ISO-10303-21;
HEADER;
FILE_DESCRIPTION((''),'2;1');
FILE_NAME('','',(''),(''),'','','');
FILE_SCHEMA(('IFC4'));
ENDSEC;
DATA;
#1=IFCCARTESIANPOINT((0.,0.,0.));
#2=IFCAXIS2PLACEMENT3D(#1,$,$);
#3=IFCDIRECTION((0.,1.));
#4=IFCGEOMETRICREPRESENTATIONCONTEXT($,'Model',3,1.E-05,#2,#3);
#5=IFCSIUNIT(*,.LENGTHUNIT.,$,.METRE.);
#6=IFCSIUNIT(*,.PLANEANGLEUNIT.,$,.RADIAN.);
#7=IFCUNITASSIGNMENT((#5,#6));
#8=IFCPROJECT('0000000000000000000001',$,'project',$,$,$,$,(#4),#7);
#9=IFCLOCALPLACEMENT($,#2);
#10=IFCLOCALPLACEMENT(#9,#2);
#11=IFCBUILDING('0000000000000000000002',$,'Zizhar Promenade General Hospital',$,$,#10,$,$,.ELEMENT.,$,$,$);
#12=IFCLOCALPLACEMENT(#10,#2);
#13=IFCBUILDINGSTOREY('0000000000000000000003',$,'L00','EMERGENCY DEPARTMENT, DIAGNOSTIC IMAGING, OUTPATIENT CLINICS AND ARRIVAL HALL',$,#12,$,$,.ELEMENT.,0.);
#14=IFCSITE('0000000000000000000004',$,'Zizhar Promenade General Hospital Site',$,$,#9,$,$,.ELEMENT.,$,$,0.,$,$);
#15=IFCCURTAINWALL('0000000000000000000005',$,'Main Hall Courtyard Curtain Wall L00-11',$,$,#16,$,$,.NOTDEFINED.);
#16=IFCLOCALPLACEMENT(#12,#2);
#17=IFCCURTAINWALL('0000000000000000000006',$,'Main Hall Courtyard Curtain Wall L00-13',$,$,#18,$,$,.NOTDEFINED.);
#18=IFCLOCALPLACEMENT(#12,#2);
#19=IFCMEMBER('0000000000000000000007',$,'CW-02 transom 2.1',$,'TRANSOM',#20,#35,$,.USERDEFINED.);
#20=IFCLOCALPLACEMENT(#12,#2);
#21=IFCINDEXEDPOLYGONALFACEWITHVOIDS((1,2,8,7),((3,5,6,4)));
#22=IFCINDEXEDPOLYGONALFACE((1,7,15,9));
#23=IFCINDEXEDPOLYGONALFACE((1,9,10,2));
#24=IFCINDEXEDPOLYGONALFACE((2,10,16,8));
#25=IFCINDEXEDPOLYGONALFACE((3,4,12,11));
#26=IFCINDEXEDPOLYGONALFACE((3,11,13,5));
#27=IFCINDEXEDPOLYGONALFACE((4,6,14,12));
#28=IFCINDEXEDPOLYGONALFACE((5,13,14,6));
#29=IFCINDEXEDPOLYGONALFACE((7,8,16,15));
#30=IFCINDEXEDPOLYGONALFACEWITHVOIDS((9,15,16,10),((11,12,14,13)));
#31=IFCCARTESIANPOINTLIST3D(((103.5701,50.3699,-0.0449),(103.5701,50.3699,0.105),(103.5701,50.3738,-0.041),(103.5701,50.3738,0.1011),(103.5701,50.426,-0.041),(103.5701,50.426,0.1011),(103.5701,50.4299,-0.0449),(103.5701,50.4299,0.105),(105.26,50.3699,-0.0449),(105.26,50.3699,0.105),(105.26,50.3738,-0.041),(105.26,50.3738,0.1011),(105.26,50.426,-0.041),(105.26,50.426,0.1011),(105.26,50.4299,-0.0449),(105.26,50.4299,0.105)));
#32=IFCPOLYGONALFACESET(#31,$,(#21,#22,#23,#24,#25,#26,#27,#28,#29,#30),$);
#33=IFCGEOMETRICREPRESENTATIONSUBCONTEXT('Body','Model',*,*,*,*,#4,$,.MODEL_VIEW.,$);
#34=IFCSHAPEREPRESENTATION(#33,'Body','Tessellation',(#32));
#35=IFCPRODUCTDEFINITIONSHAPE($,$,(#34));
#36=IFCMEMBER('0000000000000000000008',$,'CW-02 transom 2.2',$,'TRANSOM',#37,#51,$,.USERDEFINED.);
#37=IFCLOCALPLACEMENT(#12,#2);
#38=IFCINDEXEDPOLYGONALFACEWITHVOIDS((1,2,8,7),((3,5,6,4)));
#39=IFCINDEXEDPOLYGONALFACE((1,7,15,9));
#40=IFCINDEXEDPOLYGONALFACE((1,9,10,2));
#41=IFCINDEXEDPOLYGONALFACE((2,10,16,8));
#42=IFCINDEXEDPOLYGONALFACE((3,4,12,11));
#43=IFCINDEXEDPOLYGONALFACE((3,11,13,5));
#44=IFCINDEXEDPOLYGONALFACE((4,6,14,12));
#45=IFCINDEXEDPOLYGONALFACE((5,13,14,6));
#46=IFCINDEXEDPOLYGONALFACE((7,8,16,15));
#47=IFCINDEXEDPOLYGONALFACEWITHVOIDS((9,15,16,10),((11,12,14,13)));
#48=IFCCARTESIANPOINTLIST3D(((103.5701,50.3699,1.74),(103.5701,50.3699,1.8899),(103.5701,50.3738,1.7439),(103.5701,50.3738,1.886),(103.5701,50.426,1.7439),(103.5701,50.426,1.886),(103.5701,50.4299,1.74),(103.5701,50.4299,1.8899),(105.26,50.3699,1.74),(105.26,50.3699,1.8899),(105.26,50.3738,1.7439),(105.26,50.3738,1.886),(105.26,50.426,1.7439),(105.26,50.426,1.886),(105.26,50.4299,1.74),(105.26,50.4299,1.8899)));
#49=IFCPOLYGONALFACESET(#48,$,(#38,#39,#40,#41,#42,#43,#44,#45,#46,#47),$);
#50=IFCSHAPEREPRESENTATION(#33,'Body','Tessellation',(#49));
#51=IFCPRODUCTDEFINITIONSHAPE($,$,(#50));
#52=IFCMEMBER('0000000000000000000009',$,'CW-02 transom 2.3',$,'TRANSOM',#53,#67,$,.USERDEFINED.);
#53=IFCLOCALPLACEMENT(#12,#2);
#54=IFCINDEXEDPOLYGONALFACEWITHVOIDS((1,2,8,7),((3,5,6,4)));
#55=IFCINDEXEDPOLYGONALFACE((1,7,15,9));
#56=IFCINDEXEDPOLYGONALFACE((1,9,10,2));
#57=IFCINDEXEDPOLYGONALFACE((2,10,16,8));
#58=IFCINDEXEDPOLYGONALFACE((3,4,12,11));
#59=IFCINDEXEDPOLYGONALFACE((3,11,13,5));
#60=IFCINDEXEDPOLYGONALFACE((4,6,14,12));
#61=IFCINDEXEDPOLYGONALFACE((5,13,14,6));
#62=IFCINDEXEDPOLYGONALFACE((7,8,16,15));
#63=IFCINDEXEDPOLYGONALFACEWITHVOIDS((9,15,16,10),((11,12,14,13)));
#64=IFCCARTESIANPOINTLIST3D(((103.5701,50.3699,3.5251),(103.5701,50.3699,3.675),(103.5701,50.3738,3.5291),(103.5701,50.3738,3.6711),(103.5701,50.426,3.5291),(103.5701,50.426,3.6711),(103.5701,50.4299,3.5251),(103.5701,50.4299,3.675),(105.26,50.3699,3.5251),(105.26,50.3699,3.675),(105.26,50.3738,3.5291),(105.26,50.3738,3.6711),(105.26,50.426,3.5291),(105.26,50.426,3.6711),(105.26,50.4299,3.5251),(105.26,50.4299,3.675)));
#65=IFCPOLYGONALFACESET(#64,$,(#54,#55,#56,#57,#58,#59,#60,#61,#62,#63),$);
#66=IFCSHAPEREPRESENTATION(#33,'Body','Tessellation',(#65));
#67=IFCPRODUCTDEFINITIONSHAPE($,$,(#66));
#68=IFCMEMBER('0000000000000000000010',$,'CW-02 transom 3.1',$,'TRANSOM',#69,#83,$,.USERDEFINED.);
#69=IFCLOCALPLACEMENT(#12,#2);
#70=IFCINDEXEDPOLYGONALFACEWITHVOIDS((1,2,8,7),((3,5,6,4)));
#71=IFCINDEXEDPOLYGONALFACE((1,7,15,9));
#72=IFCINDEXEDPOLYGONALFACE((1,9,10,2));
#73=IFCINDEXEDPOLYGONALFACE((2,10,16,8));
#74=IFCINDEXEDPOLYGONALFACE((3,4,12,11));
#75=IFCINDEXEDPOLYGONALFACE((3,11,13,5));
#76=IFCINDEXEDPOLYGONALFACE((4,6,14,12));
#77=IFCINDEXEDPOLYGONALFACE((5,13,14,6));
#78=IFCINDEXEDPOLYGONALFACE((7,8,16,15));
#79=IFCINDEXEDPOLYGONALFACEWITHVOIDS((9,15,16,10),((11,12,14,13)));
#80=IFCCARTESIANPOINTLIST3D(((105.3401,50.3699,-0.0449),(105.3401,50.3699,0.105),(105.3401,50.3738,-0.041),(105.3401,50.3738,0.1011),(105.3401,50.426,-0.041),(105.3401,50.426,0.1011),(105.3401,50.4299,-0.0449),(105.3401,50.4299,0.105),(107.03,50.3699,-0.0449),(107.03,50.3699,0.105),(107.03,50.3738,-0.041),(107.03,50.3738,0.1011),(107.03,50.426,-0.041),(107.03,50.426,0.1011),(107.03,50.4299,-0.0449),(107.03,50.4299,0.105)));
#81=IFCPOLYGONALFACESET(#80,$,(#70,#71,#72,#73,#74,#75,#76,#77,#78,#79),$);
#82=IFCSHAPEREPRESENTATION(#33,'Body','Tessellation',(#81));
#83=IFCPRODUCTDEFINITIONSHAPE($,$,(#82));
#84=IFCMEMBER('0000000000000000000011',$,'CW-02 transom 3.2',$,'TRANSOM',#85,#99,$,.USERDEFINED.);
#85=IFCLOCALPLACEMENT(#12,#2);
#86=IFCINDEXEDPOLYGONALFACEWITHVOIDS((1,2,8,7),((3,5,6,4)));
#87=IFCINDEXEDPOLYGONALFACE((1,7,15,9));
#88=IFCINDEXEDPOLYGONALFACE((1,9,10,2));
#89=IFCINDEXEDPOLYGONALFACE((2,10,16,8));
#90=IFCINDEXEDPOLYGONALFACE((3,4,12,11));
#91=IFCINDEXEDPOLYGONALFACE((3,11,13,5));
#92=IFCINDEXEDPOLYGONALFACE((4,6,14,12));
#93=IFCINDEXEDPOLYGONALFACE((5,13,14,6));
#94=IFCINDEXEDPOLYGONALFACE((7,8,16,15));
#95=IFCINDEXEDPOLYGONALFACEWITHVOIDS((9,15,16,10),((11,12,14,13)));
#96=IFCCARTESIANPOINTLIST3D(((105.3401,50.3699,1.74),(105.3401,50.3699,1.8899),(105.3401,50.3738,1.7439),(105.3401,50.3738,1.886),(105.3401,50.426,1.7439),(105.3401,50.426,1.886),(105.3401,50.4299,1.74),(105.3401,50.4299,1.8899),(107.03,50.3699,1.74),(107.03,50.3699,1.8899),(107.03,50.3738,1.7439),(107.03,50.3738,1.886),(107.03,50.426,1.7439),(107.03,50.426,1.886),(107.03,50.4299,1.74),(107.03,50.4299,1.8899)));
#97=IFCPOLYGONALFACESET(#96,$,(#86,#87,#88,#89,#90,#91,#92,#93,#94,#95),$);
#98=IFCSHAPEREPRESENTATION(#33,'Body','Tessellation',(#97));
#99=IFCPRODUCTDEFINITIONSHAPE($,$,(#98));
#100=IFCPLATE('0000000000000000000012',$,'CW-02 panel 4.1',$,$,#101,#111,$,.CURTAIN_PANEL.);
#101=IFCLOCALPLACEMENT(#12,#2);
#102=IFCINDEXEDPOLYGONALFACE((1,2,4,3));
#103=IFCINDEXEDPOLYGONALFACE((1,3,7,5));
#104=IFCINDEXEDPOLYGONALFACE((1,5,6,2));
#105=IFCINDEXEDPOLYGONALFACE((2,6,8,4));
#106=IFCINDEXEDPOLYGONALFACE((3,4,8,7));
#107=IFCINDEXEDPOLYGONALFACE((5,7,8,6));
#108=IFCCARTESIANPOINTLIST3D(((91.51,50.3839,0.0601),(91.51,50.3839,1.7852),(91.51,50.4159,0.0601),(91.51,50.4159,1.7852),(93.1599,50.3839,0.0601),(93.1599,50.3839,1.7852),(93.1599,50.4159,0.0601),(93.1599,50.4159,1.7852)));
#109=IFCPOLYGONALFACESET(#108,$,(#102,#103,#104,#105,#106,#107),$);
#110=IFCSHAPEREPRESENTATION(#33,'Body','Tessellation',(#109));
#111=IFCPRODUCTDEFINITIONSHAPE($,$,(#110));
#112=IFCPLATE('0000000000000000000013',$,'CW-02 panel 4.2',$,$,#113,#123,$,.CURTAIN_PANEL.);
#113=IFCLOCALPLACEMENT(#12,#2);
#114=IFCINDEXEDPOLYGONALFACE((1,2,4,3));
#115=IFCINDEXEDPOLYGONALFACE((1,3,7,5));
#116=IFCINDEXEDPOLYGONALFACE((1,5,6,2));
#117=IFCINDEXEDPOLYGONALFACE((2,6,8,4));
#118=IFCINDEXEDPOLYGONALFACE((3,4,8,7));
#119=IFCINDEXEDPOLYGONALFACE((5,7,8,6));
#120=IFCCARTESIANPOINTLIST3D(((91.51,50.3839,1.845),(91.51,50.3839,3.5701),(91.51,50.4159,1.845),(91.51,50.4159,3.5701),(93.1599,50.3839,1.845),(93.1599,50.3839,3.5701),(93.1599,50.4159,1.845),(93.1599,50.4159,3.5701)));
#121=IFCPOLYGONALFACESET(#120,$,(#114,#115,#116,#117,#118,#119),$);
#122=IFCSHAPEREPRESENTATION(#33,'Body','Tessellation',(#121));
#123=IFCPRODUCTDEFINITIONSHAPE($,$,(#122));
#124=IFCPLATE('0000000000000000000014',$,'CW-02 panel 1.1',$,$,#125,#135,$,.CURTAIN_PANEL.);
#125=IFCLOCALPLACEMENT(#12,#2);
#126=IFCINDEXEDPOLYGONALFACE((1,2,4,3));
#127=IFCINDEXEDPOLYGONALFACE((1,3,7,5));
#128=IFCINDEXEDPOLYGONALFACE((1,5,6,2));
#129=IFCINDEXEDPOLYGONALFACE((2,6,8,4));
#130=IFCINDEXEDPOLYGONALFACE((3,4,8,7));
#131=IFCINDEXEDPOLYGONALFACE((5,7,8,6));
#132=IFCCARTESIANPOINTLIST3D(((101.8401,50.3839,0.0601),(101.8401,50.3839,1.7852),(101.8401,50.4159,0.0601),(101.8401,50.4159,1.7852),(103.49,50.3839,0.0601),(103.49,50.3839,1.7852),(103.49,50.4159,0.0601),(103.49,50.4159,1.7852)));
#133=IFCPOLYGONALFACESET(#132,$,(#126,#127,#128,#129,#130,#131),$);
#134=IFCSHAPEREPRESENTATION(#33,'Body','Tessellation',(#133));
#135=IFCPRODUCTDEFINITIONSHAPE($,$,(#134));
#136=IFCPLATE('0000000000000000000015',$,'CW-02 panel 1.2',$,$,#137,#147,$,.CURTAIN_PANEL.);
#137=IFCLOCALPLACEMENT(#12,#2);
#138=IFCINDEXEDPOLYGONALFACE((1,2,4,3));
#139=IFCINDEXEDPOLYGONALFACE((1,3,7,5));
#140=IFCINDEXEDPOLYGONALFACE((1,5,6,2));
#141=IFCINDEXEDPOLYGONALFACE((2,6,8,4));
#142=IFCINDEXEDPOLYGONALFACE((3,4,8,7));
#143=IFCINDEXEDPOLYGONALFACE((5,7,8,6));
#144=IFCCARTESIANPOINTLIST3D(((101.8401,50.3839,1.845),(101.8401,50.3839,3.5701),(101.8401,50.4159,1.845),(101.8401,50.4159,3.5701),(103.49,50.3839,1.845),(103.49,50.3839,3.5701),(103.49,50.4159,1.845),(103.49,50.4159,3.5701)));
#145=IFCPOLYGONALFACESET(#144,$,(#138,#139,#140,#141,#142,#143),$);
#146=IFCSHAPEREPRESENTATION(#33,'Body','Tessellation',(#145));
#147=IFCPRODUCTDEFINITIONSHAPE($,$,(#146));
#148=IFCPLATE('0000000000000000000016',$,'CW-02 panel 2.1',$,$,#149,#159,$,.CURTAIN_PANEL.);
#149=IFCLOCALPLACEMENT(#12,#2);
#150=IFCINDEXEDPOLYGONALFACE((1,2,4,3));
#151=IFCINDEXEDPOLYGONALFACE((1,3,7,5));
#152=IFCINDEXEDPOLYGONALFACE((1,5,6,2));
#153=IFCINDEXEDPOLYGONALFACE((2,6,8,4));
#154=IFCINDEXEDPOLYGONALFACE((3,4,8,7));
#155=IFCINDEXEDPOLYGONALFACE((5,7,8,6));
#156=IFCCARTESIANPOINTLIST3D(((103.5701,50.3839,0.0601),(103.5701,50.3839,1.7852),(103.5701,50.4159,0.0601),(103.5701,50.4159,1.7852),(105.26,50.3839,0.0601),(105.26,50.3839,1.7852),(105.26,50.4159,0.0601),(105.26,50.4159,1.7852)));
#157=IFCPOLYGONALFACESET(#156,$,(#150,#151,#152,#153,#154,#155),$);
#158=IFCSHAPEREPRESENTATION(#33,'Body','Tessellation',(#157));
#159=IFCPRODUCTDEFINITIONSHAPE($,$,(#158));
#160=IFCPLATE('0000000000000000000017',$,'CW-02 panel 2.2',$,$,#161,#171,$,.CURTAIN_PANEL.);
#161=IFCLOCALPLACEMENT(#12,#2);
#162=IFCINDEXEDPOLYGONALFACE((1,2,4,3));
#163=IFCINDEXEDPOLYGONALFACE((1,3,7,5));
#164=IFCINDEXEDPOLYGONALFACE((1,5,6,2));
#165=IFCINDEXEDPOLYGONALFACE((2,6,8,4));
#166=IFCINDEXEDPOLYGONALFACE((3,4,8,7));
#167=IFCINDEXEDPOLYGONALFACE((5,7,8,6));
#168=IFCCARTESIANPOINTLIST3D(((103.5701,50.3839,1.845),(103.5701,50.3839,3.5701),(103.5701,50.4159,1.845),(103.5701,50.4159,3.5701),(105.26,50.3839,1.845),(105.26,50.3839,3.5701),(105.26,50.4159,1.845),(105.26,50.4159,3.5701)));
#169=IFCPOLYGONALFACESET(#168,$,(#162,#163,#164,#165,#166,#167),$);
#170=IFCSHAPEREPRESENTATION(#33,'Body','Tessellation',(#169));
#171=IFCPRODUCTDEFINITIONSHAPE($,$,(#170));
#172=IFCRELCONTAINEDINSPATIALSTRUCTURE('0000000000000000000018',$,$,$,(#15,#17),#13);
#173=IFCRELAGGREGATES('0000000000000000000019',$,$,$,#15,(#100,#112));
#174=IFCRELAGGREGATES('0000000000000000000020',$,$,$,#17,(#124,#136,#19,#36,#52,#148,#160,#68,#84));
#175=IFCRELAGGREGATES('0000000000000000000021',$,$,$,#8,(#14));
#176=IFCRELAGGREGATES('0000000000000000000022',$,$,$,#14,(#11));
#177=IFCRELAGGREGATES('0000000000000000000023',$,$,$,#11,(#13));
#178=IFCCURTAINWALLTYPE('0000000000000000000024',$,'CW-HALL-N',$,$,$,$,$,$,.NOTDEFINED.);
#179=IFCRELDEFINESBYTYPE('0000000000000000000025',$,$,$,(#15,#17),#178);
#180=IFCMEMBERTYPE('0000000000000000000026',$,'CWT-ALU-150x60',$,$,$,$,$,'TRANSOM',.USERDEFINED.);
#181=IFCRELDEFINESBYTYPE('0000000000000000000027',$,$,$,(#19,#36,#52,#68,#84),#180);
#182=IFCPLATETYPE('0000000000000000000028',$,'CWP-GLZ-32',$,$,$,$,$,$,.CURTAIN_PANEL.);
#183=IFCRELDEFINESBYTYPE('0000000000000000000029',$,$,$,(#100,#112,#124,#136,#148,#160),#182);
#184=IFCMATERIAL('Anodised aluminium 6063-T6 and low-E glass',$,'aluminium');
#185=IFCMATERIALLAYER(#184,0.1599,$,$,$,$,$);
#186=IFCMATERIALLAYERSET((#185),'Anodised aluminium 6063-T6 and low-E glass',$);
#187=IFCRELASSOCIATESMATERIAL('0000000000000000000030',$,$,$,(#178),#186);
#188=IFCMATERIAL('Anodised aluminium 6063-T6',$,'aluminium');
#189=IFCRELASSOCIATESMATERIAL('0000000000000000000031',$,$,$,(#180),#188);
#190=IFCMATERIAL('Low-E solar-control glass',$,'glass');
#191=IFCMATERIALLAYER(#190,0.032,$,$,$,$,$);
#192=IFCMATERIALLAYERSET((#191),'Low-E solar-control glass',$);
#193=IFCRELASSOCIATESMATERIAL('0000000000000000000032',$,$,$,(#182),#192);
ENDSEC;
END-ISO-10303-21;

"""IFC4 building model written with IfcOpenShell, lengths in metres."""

from ifc_helpers import new_model, si_unit, direction, frame, origin, origin_2d, place, context, subcontext, project, spatial, rectangle, hollow_rectangle, extrude, material, layer, layer_set, material_profile, profile_set, type_object, element, aggregate, save


model = new_model("IFC4")

# Units and contexts
model_context = context("Model", 3, precision=1e-05, world=origin(), true_north=direction((0.0, 1.0)))
body_context = subcontext(model_context, "Body", "Model", "MODEL_VIEW")
ifc_project = project(units=[si_unit("LENGTHUNIT", "METRE"), si_unit("PLANEANGLEUNIT", "RADIAN")], contexts=[model_context])

# Site, building, storey
site_placement = place(None, origin())
site = spatial("IfcSite", under=ifc_project, at=site_placement, Name="Zizhar Promenade General Hospital Site", CompositionType="ELEMENT", RefElevation=0.0)
building_placement = place(site_placement, origin())
building = spatial("IfcBuilding", under=site, at=building_placement, Name="Zizhar Promenade General Hospital", CompositionType="ELEMENT")
storey_placement = place(building_placement, origin())
storey = spatial("IfcBuildingStorey", under=building, at=storey_placement, Name="L00", Description="EMERGENCY DEPARTMENT, DIAGNOSTIC IMAGING, OUTPATIENT CLINICS AND ARRIVAL HALL", CompositionType="ELEMENT", Elevation=0.0)

# Curtain wall
ifc_material_1 = material(Name="Anodised aluminium 6063-T6 and low-E glass", Category="aluminium")
ifc_layer_1 = layer(ifc_material_1, 0.1599)
ifc_layer_set_1 = layer_set([ifc_layer_1], Name="Anodised aluminium 6063-T6 and low-E glass")
curtain_wall_type = type_object("IfcCurtainWallType", Name="CW-HALL-N", PredefinedType="NOTDEFINED", material=ifc_layer_set_1)
curtain_wall_1_placement = place(storey_placement, origin())
curtain_wall_1 = element("IfcCurtainWall", 1, at=curtain_wall_1_placement, inside=storey, type_object=curtain_wall_type, Name="Main Hall Courtyard Curtain Wall L00-11", PredefinedType="NOTDEFINED")

# Curtain wall
curtain_wall_2_placement = place(storey_placement, origin())
curtain_wall_2 = element("IfcCurtainWall", 2, at=curtain_wall_2_placement, inside=storey, type_object=curtain_wall_type, Name="Main Hall Courtyard Curtain Wall L00-13", PredefinedType="NOTDEFINED")

# Members
ifc_material_2 = material(Name="Anodised aluminium 6063-T6", Category="aluminium")
ifc_material_profile_1 = material_profile(ifc_material_2, hollow_rectangle(XDim=0.0601, YDim=0.1499, WallThickness=0.0039, at=origin_2d()))
ifc_profile_set_1 = profile_set([ifc_material_profile_1], Name="Anodised aluminium 6063-T6")
member_type_1 = type_object("IfcMemberType", Name="CWT-ALU-150x60", ElementType="TRANSOM", PredefinedType="USERDEFINED", material=ifc_profile_set_1)
member_1_placement = place(storey_placement, frame((103.5701, 50.3999, 0.03), z_axis=(1.0, 0.0, 0.0), x_axis=(0.0, 1.0, 0.0)))
member_1 = element("IfcMember", 3, at=member_1_placement, type_object=member_type_1, Name="CW-02 transom 2.1", ObjectType="TRANSOM", PredefinedType="USERDEFINED", context=body_context, shape_type="SweptSolid", body=[
    extrude(hollow_rectangle(XDim=0.0601, YDim=0.1499, WallThickness=0.0039, at=origin_2d()), origin(), (0.0, 0.0, 1.0), 1.6899),
])
member_2_placement = place(storey_placement, frame((103.5701, 50.3999, 1.8149), z_axis=(1.0, 0.0, 0.0), x_axis=(0.0, 1.0, 0.0)))
member_2 = element("IfcMember", 4, at=member_2_placement, type_object=member_type_1, Name="CW-02 transom 2.2", ObjectType="TRANSOM", PredefinedType="USERDEFINED", context=body_context, shape_type="SweptSolid", body=[
    extrude(hollow_rectangle(XDim=0.0601, YDim=0.1499, WallThickness=0.0039, at=origin_2d()), origin(), (0.0, 0.0, 1.0), 1.6899),
])
member_3_placement = place(storey_placement, frame((103.5701, 50.3999, 3.6001), z_axis=(1.0, 0.0, 0.0), x_axis=(0.0, 1.0, 0.0)))
member_3 = element("IfcMember", 5, at=member_3_placement, type_object=member_type_1, Name="CW-02 transom 2.3", ObjectType="TRANSOM", PredefinedType="USERDEFINED", context=body_context, shape_type="SweptSolid", body=[
    extrude(hollow_rectangle(XDim=0.0601, YDim=0.1499, WallThickness=0.0039, at=origin_2d()), origin(), (0.0, 0.0, 1.0), 1.6899),
])
member_4_placement = place(storey_placement, frame((105.3401, 50.3999, 0.03), z_axis=(1.0, 0.0, 0.0), x_axis=(0.0, 1.0, 0.0)))
member_4 = element("IfcMember", 6, at=member_4_placement, type_object=member_type_1, Name="CW-02 transom 3.1", ObjectType="TRANSOM", PredefinedType="USERDEFINED", context=body_context, shape_type="SweptSolid", body=[
    extrude(hollow_rectangle(XDim=0.0601, YDim=0.1499, WallThickness=0.0039, at=origin_2d()), origin(), (0.0, 0.0, 1.0), 1.6899),
])
member_5_placement = place(storey_placement, frame((105.3401, 50.3999, 1.8149), z_axis=(1.0, 0.0, 0.0), x_axis=(0.0, 1.0, 0.0)))
member_5 = element("IfcMember", 7, at=member_5_placement, type_object=member_type_1, Name="CW-02 transom 3.2", ObjectType="TRANSOM", PredefinedType="USERDEFINED", context=body_context, shape_type="SweptSolid", body=[
    extrude(hollow_rectangle(XDim=0.0601, YDim=0.1499, WallThickness=0.0039, at=origin_2d()), origin(), (0.0, 0.0, 1.0), 1.6899),
])

# Plates
ifc_material_3 = material(Name="Low-E solar-control glass", Category="glass")
ifc_layer_2 = layer(ifc_material_3, 0.032)
ifc_layer_set_2 = layer_set([ifc_layer_2], Name="Low-E solar-control glass")
plate_type = type_object("IfcPlateType", Name="CWP-GLZ-32", PredefinedType="CURTAIN_PANEL", material=ifc_layer_set_2)
plate_1_placement = place(storey_placement, frame((92.335, 50.3999, 0.0601), z_axis=(0.0, 0.0, 1.0), x_axis=(1.0, 0.0, 0.0)))
plate_1 = element("IfcPlate", 8, at=plate_1_placement, type_object=plate_type, Name="CW-02 panel 4.1", PredefinedType="CURTAIN_PANEL", context=body_context, shape_type="SweptSolid", body=[
    extrude(rectangle(XDim=1.6499, YDim=0.032, at=origin_2d()), origin(), (0.0, 0.0, 1.0), 1.7251),
])
plate_2_placement = place(storey_placement, frame((92.335, 50.3999, 1.845), z_axis=(0.0, 0.0, 1.0), x_axis=(1.0, 0.0, 0.0)))
plate_2 = element("IfcPlate", 9, at=plate_2_placement, type_object=plate_type, Name="CW-02 panel 4.2", PredefinedType="CURTAIN_PANEL", context=body_context, shape_type="SweptSolid", body=[
    extrude(rectangle(XDim=1.6499, YDim=0.032, at=origin_2d()), origin(), (0.0, 0.0, 1.0), 1.7251),
])
aggregate(curtain_wall_1, [plate_1, plate_2])
plate_3_placement = place(storey_placement, frame((102.665, 50.3999, 0.0601), z_axis=(0.0, 0.0, 1.0), x_axis=(1.0, 0.0, 0.0)))
plate_3 = element("IfcPlate", 10, at=plate_3_placement, type_object=plate_type, Name="CW-02 panel 1.1", PredefinedType="CURTAIN_PANEL", context=body_context, shape_type="SweptSolid", body=[
    extrude(rectangle(XDim=1.6499, YDim=0.032, at=origin_2d()), origin(), (0.0, 0.0, 1.0), 1.7251),
])
plate_4_placement = place(storey_placement, frame((102.665, 50.3999, 1.845), z_axis=(0.0, 0.0, 1.0), x_axis=(1.0, 0.0, 0.0)))
plate_4 = element("IfcPlate", 11, at=plate_4_placement, type_object=plate_type, Name="CW-02 panel 1.2", PredefinedType="CURTAIN_PANEL", context=body_context, shape_type="SweptSolid", body=[
    extrude(rectangle(XDim=1.6499, YDim=0.032, at=origin_2d()), origin(), (0.0, 0.0, 1.0), 1.7251),
])
plate_5_placement = place(storey_placement, frame((104.415, 50.3999, 0.0601), z_axis=(0.0, 0.0, 1.0), x_axis=(1.0, 0.0, 0.0)))
plate_5 = element("IfcPlate", 12, at=plate_5_placement, type_object=plate_type, Name="CW-02 panel 2.1", PredefinedType="CURTAIN_PANEL", context=body_context, shape_type="SweptSolid", body=[
    extrude(rectangle(XDim=1.6899, YDim=0.032, at=origin_2d()), origin(), (0.0, 0.0, 1.0), 1.7251),
])
plate_6_placement = place(storey_placement, frame((104.415, 50.3999, 1.845), z_axis=(0.0, 0.0, 1.0), x_axis=(1.0, 0.0, 0.0)))
plate_6 = element("IfcPlate", 13, at=plate_6_placement, type_object=plate_type, Name="CW-02 panel 2.2", PredefinedType="CURTAIN_PANEL", context=body_context, shape_type="SweptSolid", body=[
    extrude(rectangle(XDim=1.6899, YDim=0.032, at=origin_2d()), origin(), (0.0, 0.0, 1.0), 1.7251),
])
aggregate(curtain_wall_2, [plate_3, plate_4, member_1, member_2, member_3, plate_5, plate_6, member_4, member_5])

save(model, "model.ifc")
